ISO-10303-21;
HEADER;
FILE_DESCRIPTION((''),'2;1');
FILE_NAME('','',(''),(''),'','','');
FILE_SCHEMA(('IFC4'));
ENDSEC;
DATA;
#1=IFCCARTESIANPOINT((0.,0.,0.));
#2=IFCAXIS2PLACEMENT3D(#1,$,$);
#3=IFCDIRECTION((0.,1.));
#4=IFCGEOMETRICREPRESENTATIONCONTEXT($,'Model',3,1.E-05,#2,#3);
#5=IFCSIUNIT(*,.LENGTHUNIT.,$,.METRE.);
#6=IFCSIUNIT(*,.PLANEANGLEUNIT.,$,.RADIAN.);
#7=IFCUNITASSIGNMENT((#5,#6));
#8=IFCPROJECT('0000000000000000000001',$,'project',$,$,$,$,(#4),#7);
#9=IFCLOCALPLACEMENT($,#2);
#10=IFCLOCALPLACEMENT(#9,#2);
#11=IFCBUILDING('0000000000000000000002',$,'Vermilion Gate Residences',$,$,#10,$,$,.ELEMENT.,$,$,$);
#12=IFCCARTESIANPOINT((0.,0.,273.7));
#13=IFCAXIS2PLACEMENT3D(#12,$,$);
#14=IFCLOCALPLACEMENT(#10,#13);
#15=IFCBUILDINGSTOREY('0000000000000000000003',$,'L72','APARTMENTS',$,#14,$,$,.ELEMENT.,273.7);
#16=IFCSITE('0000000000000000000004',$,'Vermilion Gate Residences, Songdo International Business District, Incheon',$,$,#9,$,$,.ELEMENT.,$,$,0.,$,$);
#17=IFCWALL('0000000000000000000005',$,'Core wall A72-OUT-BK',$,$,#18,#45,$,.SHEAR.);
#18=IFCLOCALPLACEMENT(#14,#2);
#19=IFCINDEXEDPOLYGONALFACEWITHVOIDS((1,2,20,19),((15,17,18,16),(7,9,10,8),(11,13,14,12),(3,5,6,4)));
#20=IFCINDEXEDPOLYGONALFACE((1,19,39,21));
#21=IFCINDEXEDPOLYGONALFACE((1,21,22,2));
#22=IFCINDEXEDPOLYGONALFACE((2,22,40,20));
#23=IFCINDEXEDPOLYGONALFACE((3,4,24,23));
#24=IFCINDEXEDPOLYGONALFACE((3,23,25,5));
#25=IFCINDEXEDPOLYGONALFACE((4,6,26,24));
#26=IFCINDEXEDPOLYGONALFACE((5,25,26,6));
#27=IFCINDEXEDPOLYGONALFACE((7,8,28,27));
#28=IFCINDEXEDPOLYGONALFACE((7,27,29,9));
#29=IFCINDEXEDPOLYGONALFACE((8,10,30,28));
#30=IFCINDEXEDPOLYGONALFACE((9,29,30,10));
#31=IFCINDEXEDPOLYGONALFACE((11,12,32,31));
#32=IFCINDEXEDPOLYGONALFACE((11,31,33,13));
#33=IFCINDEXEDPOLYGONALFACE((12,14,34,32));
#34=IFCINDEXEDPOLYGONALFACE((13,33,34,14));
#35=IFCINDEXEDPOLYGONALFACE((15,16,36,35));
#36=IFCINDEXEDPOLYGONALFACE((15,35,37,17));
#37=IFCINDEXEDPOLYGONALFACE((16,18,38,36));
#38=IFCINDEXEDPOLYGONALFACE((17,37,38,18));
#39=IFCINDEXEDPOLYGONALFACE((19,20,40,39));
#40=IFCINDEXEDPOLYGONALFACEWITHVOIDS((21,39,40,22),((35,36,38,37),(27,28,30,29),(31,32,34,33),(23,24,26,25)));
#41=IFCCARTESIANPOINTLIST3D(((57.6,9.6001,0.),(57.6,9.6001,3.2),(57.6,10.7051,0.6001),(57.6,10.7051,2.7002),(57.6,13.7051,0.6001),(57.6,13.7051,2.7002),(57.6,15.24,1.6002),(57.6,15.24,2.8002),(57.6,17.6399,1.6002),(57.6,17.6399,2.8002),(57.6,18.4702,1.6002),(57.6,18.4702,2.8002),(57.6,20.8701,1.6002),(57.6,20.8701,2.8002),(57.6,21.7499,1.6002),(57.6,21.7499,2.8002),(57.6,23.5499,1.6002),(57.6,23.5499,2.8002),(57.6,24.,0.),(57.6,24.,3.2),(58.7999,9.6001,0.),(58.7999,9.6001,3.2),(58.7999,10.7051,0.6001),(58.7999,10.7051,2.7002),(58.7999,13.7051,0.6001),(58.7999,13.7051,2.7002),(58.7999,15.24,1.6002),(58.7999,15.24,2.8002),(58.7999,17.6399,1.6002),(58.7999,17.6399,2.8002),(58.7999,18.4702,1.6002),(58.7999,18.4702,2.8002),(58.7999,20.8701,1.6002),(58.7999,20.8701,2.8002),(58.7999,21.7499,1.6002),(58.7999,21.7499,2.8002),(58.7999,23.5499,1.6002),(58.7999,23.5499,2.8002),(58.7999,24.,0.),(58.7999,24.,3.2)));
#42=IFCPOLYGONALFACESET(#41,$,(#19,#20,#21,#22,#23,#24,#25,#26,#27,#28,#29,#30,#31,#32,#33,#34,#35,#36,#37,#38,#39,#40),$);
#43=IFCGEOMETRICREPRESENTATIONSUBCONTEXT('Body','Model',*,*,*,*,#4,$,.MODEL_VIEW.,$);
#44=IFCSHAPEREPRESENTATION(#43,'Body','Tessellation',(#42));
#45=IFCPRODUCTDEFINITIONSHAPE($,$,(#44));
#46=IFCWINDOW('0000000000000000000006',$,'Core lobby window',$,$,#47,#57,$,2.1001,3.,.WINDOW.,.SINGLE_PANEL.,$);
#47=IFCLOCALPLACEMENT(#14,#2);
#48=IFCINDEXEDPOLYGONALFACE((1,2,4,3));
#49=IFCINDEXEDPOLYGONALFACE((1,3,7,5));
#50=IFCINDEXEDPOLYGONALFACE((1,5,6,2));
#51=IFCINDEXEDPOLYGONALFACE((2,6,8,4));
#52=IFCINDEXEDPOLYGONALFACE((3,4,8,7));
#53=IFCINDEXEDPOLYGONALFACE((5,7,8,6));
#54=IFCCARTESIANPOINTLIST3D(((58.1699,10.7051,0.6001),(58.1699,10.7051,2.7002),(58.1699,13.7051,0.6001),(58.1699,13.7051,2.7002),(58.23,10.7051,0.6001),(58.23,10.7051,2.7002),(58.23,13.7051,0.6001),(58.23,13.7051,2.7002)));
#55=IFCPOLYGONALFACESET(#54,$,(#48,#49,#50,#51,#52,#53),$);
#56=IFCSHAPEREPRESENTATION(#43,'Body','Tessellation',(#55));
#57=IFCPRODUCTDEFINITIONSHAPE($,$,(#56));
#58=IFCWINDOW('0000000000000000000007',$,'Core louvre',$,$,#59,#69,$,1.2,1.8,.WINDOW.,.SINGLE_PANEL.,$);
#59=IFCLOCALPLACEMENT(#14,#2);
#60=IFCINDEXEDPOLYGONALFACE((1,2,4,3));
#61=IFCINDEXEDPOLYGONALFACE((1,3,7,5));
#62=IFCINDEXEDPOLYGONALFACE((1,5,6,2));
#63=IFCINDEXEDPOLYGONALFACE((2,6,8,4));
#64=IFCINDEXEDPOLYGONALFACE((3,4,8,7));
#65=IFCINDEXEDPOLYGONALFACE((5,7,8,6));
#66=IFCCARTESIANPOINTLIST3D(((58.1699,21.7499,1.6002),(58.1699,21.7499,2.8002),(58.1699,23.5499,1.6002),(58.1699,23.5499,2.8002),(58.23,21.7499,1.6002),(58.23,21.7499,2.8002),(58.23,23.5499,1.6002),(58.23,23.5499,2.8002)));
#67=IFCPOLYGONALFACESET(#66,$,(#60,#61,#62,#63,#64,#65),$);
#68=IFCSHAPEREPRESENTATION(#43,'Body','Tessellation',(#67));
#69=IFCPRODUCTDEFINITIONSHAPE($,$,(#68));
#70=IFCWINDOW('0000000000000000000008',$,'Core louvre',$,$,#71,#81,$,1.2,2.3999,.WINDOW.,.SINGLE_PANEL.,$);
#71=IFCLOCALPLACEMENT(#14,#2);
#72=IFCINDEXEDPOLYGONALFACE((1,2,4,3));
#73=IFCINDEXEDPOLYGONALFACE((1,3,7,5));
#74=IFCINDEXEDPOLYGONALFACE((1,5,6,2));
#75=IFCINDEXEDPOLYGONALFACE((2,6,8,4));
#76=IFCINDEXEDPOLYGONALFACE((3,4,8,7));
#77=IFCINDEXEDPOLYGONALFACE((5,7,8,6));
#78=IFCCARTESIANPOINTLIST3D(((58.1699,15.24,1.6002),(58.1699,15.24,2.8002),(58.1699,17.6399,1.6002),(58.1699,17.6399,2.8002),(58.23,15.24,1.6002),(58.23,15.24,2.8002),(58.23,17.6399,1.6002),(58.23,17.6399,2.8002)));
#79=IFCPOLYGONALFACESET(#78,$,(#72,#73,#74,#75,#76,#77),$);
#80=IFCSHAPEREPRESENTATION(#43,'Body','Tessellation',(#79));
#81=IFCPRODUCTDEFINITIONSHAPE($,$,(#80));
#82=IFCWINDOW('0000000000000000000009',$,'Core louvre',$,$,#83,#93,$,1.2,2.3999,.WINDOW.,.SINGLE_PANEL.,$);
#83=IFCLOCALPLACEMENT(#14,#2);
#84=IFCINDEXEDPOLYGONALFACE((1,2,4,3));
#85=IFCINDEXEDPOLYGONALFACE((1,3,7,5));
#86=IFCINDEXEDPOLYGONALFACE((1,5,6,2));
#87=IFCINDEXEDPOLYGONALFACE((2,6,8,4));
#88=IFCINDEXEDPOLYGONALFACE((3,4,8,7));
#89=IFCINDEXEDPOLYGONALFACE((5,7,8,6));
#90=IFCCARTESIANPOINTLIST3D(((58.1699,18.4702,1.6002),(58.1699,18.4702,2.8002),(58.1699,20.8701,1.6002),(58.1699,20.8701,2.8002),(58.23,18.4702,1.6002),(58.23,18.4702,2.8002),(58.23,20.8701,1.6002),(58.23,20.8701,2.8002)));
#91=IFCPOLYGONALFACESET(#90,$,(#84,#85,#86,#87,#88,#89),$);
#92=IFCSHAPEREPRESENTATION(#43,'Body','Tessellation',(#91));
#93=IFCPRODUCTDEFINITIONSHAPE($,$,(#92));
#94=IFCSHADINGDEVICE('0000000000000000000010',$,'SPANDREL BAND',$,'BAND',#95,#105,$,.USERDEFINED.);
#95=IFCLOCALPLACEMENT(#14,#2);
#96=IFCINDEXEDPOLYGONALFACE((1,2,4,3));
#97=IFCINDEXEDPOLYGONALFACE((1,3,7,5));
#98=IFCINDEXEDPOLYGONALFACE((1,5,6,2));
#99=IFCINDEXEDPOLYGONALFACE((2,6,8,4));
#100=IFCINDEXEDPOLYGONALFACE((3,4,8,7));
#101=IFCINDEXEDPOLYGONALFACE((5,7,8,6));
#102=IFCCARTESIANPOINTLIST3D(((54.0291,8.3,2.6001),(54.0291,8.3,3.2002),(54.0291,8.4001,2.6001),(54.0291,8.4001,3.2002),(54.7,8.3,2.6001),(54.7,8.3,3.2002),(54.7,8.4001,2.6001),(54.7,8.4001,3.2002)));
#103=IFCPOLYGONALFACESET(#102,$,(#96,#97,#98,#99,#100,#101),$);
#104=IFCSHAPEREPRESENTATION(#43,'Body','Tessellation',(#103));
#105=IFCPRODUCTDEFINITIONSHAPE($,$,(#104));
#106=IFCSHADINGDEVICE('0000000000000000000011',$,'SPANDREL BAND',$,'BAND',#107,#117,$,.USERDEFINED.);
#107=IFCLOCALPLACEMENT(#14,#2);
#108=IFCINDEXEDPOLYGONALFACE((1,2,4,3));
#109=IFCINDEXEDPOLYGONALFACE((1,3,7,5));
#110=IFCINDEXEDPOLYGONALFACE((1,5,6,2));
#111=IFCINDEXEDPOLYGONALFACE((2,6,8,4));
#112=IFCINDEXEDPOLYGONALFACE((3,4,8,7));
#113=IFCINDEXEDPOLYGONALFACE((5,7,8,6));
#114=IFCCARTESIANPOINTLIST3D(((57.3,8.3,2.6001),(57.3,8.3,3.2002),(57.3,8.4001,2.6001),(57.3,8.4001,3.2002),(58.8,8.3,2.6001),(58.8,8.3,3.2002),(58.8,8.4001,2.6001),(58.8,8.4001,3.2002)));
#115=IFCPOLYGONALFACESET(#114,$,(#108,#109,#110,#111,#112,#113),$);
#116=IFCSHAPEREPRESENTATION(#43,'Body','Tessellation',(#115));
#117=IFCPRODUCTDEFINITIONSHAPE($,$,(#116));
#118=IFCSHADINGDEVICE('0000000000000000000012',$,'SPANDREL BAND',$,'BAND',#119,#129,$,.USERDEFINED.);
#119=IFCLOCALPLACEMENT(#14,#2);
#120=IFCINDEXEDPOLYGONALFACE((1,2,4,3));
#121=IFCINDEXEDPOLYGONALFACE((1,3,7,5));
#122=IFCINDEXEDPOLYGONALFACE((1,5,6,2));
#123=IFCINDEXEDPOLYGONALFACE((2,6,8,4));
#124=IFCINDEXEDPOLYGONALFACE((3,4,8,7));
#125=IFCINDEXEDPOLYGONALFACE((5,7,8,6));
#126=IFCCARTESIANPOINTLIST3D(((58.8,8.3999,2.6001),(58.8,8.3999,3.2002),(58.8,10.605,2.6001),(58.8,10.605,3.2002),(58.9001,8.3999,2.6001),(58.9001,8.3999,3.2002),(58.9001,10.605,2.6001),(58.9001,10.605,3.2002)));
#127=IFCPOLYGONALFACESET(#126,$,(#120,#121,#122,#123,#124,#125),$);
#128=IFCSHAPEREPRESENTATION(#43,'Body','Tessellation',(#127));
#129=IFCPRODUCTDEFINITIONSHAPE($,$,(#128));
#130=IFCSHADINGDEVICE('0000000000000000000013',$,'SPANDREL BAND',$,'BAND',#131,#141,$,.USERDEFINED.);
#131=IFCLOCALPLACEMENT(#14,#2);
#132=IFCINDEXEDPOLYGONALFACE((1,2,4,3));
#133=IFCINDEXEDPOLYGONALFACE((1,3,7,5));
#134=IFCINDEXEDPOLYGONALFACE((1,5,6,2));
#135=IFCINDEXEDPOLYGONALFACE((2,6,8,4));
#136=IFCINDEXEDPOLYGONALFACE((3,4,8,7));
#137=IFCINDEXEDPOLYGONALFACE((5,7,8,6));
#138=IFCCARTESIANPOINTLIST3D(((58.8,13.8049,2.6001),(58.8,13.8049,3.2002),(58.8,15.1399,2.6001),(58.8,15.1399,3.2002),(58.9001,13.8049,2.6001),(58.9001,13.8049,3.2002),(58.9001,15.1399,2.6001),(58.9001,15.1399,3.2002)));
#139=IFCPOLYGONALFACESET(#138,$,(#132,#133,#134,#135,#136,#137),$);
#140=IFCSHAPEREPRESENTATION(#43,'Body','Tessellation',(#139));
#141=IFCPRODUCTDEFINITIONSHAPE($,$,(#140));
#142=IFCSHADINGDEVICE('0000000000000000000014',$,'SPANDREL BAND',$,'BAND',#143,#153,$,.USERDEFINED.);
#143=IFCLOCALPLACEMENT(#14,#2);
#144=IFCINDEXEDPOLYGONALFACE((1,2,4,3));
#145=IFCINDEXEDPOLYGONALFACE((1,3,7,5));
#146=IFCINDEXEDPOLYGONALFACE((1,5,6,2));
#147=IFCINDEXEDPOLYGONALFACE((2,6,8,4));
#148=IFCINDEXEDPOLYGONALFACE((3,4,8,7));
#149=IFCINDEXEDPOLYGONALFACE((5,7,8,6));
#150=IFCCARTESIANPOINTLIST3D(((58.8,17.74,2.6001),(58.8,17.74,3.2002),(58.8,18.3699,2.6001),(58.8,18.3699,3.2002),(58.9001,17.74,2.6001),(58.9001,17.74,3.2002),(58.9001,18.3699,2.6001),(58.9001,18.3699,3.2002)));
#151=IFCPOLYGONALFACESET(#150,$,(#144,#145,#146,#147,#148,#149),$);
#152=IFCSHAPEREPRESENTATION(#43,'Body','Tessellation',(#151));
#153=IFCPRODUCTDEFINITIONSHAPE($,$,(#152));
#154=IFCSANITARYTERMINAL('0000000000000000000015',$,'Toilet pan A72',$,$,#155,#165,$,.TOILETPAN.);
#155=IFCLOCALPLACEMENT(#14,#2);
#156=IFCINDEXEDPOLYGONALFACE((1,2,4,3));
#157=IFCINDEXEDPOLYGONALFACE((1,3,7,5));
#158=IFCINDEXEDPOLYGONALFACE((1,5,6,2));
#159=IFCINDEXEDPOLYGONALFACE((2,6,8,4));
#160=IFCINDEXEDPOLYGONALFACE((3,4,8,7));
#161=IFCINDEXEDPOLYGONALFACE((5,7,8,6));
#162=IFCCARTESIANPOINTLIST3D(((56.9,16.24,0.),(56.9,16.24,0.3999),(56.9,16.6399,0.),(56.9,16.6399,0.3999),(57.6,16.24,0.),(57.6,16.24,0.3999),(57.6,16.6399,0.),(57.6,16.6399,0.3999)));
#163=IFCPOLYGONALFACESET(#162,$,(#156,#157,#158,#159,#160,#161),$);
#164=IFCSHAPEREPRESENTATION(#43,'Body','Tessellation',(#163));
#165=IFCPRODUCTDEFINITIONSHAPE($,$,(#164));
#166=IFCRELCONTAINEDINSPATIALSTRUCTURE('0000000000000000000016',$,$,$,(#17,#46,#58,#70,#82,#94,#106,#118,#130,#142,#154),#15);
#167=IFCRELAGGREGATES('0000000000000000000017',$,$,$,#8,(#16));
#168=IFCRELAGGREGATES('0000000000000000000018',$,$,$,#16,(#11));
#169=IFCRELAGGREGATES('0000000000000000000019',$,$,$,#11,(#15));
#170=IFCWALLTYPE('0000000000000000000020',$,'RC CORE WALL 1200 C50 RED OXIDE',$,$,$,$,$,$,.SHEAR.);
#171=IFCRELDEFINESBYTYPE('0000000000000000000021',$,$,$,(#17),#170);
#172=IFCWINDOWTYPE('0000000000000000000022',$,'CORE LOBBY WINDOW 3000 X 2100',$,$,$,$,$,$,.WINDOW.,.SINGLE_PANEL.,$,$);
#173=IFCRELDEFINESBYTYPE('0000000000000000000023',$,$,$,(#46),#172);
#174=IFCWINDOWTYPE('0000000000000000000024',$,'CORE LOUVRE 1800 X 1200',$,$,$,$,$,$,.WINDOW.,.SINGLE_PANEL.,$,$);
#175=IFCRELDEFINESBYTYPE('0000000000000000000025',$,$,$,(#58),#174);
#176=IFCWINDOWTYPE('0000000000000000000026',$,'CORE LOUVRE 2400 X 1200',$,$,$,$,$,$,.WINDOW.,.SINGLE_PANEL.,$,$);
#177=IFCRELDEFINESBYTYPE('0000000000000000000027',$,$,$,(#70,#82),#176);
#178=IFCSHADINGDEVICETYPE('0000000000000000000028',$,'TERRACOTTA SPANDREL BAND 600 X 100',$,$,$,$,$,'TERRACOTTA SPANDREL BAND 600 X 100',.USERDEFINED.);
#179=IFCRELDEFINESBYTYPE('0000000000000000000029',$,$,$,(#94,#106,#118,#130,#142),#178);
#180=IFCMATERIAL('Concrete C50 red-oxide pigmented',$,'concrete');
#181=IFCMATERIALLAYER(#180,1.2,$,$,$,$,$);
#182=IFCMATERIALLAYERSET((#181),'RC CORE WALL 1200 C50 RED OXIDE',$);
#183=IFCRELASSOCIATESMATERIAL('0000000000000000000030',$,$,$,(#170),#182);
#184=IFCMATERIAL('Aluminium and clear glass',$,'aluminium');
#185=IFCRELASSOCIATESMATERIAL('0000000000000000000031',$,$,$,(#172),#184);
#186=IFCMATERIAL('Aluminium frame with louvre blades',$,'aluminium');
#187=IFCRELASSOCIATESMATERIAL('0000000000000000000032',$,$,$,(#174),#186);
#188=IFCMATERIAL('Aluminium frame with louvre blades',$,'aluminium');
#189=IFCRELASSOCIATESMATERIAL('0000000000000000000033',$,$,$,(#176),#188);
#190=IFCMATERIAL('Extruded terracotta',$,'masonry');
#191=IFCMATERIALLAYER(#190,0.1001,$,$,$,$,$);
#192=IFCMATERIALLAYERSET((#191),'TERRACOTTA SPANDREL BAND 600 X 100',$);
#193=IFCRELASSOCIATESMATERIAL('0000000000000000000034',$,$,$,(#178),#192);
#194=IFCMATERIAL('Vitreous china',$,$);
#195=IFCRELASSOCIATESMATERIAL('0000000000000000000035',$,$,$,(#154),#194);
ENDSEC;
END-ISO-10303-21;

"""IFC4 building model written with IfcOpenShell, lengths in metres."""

from ifc_helpers import new_model, si_unit, direction, frame, frame_2d, origin, origin_2d, place, context, subcontext, project, spatial, rectangle, extrude, material, layer, layer_set, type_object, element, fill, save


model = new_model("IFC4")

# Units and contexts
model_context = context("Model", 3, precision=1e-05, world=origin(), true_north=direction((0.0, 1.0)))
body_context = subcontext(model_context, "Body", "Model", "MODEL_VIEW")
ifc_project = project(units=[si_unit("LENGTHUNIT", "METRE"), si_unit("PLANEANGLEUNIT", "RADIAN")], contexts=[model_context])

# Site, building, storey
site_placement = place(None, origin())
site = spatial("IfcSite", under=ifc_project, at=site_placement, Name="Vermilion Gate Residences, Songdo International Business District, Incheon", CompositionType="ELEMENT", RefElevation=0.0)
building_placement = place(site_placement, origin())
building = spatial("IfcBuilding", under=site, at=building_placement, Name="Vermilion Gate Residences", CompositionType="ELEMENT")
storey_placement = place(building_placement, frame((0.0, 0.0, 273.7)))
storey = spatial("IfcBuildingStorey", under=building, at=storey_placement, Name="L72", Description="APARTMENTS", CompositionType="ELEMENT", Elevation=273.7)

# Wall, openings, windows
ifc_material_1 = material(Name="Concrete C50 red-oxide pigmented", Category="concrete")
ifc_layer_1 = layer(ifc_material_1, 1.2)
ifc_layer_set_1 = layer_set([ifc_layer_1], Name="RC CORE WALL 1200 C50 RED OXIDE")
wall_type_1 = type_object("IfcWallType", Name="RC CORE WALL 1200 C50 RED OXIDE", PredefinedType="SHEAR", material=ifc_layer_set_1)
wall_1_placement = place(storey_placement, frame((58.2, 9.6001, 0.0), z_axis=(0.0, 0.0, 1.0), x_axis=(0.0, 1.0, 0.0)))
wall_1 = element("IfcWall", 1, at=wall_1_placement, inside=storey, type_object=wall_type_1, Name="Core wall A72-OUT-BK", PredefinedType="SHEAR", context=body_context, shape_type="SweptSolid", body=[
    extrude(rectangle(XDim=14.3999, YDim=1.2, at=frame_2d((7.2, 0.0))), origin(), (0.0, 0.0, 1.0), 3.2),
])
opening_1_placement = place(wall_1_placement, frame((1.105, 0.0, 0.6001)))
opening_1 = element("IfcOpeningElement", 2, at=opening_1_placement, cuts=wall_1, PredefinedType="OPENING", context=body_context, shape_type="SweptSolid", body=[
    extrude(rectangle(XDim=3.0, YDim=2.1001, at=frame_2d((1.5, 1.05))), frame((0.0, 0.6099, 0.0), z_axis=(0.0, -1.0, 0.0), x_axis=(1.0, 0.0, 0.0)), (0.0, 0.0, 1.0), 1.22),
])
opening_2_placement = place(wall_1_placement, frame((5.6399, 0.0, 1.6001)))
opening_2 = element("IfcOpeningElement", 3, at=opening_2_placement, cuts=wall_1, PredefinedType="OPENING", context=body_context, shape_type="SweptSolid", body=[
    extrude(rectangle(XDim=2.3999, YDim=1.2, at=frame_2d((1.2, 0.6001))), frame((0.0, 0.6099, 0.0), z_axis=(0.0, -1.0, 0.0), x_axis=(1.0, 0.0, 0.0)), (0.0, 0.0, 1.0), 1.22),
])
opening_3_placement = place(wall_1_placement, frame((8.8701, 0.0, 1.6001)))
opening_3 = element("IfcOpeningElement", 4, at=opening_3_placement, cuts=wall_1, PredefinedType="OPENING", context=body_context, shape_type="SweptSolid", body=[
    extrude(rectangle(XDim=2.3999, YDim=1.2, at=frame_2d((1.2, 0.6001))), frame((0.0, 0.6099, 0.0), z_axis=(0.0, -1.0, 0.0), x_axis=(1.0, 0.0, 0.0)), (0.0, 0.0, 1.0), 1.22),
])
opening_4_placement = place(wall_1_placement, frame((12.1499, 0.0, 1.6001)))
opening_4 = element("IfcOpeningElement", 5, at=opening_4_placement, cuts=wall_1, PredefinedType="OPENING", context=body_context, shape_type="SweptSolid", body=[
    extrude(rectangle(XDim=1.8, YDim=1.2, at=frame_2d((0.8999, 0.6001))), frame((0.0, 0.6099, 0.0), z_axis=(0.0, -1.0, 0.0), x_axis=(1.0, 0.0, 0.0)), (0.0, 0.0, 1.0), 1.22),
])
ifc_material_2 = material(Name="Aluminium and clear glass", Category="aluminium")
window_type_1 = type_object("IfcWindowType", Name="CORE LOBBY WINDOW 3000 X 2100", PartitioningType="SINGLE_PANEL", PredefinedType="WINDOW", material=ifc_material_2)
window_1_placement = place(opening_1_placement, origin())
window_1 = element("IfcWindow", 6, at=window_1_placement, inside=storey, type_object=window_type_1, Name="Core lobby window", OverallHeight=2.1001, OverallWidth=3.0, PartitioningType="SINGLE_PANEL", PredefinedType="WINDOW", context=body_context, shape_type="SweptSolid", body=[
    extrude(rectangle(XDim=3.0, YDim=2.1001, at=frame_2d((1.5, 1.05))), frame((0.0, 0.03, 0.0), z_axis=(0.0, -1.0, 0.0), x_axis=(1.0, 0.0, 0.0)), (0.0, 0.0, 1.0), 0.0601),
])
fill(opening_1, window_1)
ifc_material_3 = material(Name="Aluminium frame with louvre blades", Category="aluminium")
window_type_2 = type_object("IfcWindowType", Name="CORE LOUVRE 1800 X 1200", PartitioningType="SINGLE_PANEL", PredefinedType="WINDOW", material=ifc_material_3)
window_2_placement = place(opening_4_placement, origin())
window_2 = element("IfcWindow", 7, at=window_2_placement, inside=storey, type_object=window_type_2, Name="Core louvre", OverallHeight=1.2, OverallWidth=1.8, PartitioningType="SINGLE_PANEL", PredefinedType="WINDOW", context=body_context, shape_type="SweptSolid", body=[
    extrude(rectangle(XDim=1.8, YDim=1.2, at=frame_2d((0.8999, 0.6001))), frame((0.0, 0.03, 0.0), z_axis=(0.0, -1.0, 0.0), x_axis=(1.0, 0.0, 0.0)), (0.0, 0.0, 1.0), 0.0601),
])
fill(opening_4, window_2)
ifc_material_4 = material(Name="Aluminium frame with louvre blades", Category="aluminium")
window_type_3 = type_object("IfcWindowType", Name="CORE LOUVRE 2400 X 1200", PartitioningType="SINGLE_PANEL", PredefinedType="WINDOW", material=ifc_material_4)
window_3_placement = place(opening_2_placement, origin())
window_3 = element("IfcWindow", 8, at=window_3_placement, inside=storey, type_object=window_type_3, Name="Core louvre", OverallHeight=1.2, OverallWidth=2.3999, PartitioningType="SINGLE_PANEL", PredefinedType="WINDOW", context=body_context, shape_type="SweptSolid", body=[
    extrude(rectangle(XDim=2.3999, YDim=1.2, at=frame_2d((1.2, 0.6001))), frame((0.0, 0.03, 0.0), z_axis=(0.0, -1.0, 0.0), x_axis=(1.0, 0.0, 0.0)), (0.0, 0.0, 1.0), 0.0601),
])
fill(opening_2, window_3)
window_4_placement = place(opening_3_placement, origin())
window_4 = element("IfcWindow", 9, at=window_4_placement, inside=storey, type_object=window_type_3, Name="Core louvre", OverallHeight=1.2, OverallWidth=2.3999, PartitioningType="SINGLE_PANEL", PredefinedType="WINDOW", context=body_context, shape_type="SweptSolid", body=[
    extrude(rectangle(XDim=2.3999, YDim=1.2, at=frame_2d((1.2, 0.6001))), frame((0.0, 0.03, 0.0), z_axis=(0.0, -1.0, 0.0), x_axis=(1.0, 0.0, 0.0)), (0.0, 0.0, 1.0), 0.0601),
])
fill(opening_3, window_4)

# Shading devices
ifc_material_5 = material(Name="Extruded terracotta", Category="masonry")
ifc_layer_2 = layer(ifc_material_5, 0.1001)
ifc_layer_set_2 = layer_set([ifc_layer_2], Name="TERRACOTTA SPANDREL BAND 600 X 100")
shading_device_type = type_object("IfcShadingDeviceType", Name="TERRACOTTA SPANDREL BAND 600 X 100", ElementType="TERRACOTTA SPANDREL BAND 600 X 100", PredefinedType="USERDEFINED", material=ifc_layer_set_2)
shading_device_1_placement = place(storey_placement, frame((54.3645, 8.3501, 2.6001), z_axis=(0.0, 0.0, 1.0), x_axis=(1.0, 0.0, 0.0)))
element("IfcShadingDevice", 10, at=shading_device_1_placement, inside=storey, type_object=shading_device_type, Name="SPANDREL BAND", ObjectType="BAND", PredefinedType="USERDEFINED", context=body_context, shape_type="SweptSolid", body=[
    extrude(rectangle(XDim=0.6709, YDim=0.1001, at=origin_2d()), origin(), (0.0, 0.0, 1.0), 0.6001),
])
shading_device_2_placement = place(storey_placement, frame((58.05, 8.3501, 2.6001), z_axis=(0.0, 0.0, 1.0), x_axis=(1.0, 0.0, 0.0)))
element("IfcShadingDevice", 11, at=shading_device_2_placement, inside=storey, type_object=shading_device_type, Name="SPANDREL BAND", ObjectType="BAND", PredefinedType="USERDEFINED", context=body_context, shape_type="SweptSolid", body=[
    extrude(rectangle(XDim=1.5, YDim=0.1001, at=origin_2d()), origin(), (0.0, 0.0, 1.0), 0.6001),
])
shading_device_3_placement = place(storey_placement, frame((58.8501, 9.5024, 2.6001), z_axis=(0.0, 0.0, 1.0), x_axis=(0.0, 1.0, 0.0)))
element("IfcShadingDevice", 12, at=shading_device_3_placement, inside=storey, type_object=shading_device_type, Name="SPANDREL BAND", ObjectType="BAND", PredefinedType="USERDEFINED", context=body_context, shape_type="SweptSolid", body=[
    extrude(rectangle(XDim=2.2051, YDim=0.1001, at=origin_2d()), origin(), (0.0, 0.0, 1.0), 0.6001),
])
shading_device_4_placement = place(storey_placement, frame((58.8501, 14.4724, 2.6001), z_axis=(0.0, 0.0, 1.0), x_axis=(0.0, 1.0, 0.0)))
element("IfcShadingDevice", 13, at=shading_device_4_placement, inside=storey, type_object=shading_device_type, Name="SPANDREL BAND", ObjectType="BAND", PredefinedType="USERDEFINED", context=body_context, shape_type="SweptSolid", body=[
    extrude(rectangle(XDim=1.335, YDim=0.1001, at=origin_2d()), origin(), (0.0, 0.0, 1.0), 0.6001),
])
shading_device_5_placement = place(storey_placement, frame((58.8501, 18.0549, 2.6001), z_axis=(0.0, 0.0, 1.0), x_axis=(0.0, 1.0, 0.0)))
element("IfcShadingDevice", 14, at=shading_device_5_placement, inside=storey, type_object=shading_device_type, Name="SPANDREL BAND", ObjectType="BAND", PredefinedType="USERDEFINED", context=body_context, shape_type="SweptSolid", body=[
    extrude(rectangle(XDim=0.6299, YDim=0.1001, at=origin_2d()), origin(), (0.0, 0.0, 1.0), 0.6001),
])

# Sanitary terminal
ifc_material_6 = material(Name="Vitreous china")
sanitary_terminal_1_placement = place(storey_placement, frame((57.25, 16.4399, 0.0), z_axis=(0.0, 0.0, 1.0), x_axis=(1.0, 0.0, 0.0)))
element("IfcSanitaryTerminal", 15, at=sanitary_terminal_1_placement, inside=storey, material=ifc_material_6, Name="Toilet pan A72", PredefinedType="TOILETPAN", context=body_context, shape_type="SweptSolid", body=[
    extrude(rectangle(XDim=0.7, YDim=0.3999, at=origin_2d()), origin(), (0.0, 0.0, 1.0), 0.3999),
])

save(model, "model.ifc")
